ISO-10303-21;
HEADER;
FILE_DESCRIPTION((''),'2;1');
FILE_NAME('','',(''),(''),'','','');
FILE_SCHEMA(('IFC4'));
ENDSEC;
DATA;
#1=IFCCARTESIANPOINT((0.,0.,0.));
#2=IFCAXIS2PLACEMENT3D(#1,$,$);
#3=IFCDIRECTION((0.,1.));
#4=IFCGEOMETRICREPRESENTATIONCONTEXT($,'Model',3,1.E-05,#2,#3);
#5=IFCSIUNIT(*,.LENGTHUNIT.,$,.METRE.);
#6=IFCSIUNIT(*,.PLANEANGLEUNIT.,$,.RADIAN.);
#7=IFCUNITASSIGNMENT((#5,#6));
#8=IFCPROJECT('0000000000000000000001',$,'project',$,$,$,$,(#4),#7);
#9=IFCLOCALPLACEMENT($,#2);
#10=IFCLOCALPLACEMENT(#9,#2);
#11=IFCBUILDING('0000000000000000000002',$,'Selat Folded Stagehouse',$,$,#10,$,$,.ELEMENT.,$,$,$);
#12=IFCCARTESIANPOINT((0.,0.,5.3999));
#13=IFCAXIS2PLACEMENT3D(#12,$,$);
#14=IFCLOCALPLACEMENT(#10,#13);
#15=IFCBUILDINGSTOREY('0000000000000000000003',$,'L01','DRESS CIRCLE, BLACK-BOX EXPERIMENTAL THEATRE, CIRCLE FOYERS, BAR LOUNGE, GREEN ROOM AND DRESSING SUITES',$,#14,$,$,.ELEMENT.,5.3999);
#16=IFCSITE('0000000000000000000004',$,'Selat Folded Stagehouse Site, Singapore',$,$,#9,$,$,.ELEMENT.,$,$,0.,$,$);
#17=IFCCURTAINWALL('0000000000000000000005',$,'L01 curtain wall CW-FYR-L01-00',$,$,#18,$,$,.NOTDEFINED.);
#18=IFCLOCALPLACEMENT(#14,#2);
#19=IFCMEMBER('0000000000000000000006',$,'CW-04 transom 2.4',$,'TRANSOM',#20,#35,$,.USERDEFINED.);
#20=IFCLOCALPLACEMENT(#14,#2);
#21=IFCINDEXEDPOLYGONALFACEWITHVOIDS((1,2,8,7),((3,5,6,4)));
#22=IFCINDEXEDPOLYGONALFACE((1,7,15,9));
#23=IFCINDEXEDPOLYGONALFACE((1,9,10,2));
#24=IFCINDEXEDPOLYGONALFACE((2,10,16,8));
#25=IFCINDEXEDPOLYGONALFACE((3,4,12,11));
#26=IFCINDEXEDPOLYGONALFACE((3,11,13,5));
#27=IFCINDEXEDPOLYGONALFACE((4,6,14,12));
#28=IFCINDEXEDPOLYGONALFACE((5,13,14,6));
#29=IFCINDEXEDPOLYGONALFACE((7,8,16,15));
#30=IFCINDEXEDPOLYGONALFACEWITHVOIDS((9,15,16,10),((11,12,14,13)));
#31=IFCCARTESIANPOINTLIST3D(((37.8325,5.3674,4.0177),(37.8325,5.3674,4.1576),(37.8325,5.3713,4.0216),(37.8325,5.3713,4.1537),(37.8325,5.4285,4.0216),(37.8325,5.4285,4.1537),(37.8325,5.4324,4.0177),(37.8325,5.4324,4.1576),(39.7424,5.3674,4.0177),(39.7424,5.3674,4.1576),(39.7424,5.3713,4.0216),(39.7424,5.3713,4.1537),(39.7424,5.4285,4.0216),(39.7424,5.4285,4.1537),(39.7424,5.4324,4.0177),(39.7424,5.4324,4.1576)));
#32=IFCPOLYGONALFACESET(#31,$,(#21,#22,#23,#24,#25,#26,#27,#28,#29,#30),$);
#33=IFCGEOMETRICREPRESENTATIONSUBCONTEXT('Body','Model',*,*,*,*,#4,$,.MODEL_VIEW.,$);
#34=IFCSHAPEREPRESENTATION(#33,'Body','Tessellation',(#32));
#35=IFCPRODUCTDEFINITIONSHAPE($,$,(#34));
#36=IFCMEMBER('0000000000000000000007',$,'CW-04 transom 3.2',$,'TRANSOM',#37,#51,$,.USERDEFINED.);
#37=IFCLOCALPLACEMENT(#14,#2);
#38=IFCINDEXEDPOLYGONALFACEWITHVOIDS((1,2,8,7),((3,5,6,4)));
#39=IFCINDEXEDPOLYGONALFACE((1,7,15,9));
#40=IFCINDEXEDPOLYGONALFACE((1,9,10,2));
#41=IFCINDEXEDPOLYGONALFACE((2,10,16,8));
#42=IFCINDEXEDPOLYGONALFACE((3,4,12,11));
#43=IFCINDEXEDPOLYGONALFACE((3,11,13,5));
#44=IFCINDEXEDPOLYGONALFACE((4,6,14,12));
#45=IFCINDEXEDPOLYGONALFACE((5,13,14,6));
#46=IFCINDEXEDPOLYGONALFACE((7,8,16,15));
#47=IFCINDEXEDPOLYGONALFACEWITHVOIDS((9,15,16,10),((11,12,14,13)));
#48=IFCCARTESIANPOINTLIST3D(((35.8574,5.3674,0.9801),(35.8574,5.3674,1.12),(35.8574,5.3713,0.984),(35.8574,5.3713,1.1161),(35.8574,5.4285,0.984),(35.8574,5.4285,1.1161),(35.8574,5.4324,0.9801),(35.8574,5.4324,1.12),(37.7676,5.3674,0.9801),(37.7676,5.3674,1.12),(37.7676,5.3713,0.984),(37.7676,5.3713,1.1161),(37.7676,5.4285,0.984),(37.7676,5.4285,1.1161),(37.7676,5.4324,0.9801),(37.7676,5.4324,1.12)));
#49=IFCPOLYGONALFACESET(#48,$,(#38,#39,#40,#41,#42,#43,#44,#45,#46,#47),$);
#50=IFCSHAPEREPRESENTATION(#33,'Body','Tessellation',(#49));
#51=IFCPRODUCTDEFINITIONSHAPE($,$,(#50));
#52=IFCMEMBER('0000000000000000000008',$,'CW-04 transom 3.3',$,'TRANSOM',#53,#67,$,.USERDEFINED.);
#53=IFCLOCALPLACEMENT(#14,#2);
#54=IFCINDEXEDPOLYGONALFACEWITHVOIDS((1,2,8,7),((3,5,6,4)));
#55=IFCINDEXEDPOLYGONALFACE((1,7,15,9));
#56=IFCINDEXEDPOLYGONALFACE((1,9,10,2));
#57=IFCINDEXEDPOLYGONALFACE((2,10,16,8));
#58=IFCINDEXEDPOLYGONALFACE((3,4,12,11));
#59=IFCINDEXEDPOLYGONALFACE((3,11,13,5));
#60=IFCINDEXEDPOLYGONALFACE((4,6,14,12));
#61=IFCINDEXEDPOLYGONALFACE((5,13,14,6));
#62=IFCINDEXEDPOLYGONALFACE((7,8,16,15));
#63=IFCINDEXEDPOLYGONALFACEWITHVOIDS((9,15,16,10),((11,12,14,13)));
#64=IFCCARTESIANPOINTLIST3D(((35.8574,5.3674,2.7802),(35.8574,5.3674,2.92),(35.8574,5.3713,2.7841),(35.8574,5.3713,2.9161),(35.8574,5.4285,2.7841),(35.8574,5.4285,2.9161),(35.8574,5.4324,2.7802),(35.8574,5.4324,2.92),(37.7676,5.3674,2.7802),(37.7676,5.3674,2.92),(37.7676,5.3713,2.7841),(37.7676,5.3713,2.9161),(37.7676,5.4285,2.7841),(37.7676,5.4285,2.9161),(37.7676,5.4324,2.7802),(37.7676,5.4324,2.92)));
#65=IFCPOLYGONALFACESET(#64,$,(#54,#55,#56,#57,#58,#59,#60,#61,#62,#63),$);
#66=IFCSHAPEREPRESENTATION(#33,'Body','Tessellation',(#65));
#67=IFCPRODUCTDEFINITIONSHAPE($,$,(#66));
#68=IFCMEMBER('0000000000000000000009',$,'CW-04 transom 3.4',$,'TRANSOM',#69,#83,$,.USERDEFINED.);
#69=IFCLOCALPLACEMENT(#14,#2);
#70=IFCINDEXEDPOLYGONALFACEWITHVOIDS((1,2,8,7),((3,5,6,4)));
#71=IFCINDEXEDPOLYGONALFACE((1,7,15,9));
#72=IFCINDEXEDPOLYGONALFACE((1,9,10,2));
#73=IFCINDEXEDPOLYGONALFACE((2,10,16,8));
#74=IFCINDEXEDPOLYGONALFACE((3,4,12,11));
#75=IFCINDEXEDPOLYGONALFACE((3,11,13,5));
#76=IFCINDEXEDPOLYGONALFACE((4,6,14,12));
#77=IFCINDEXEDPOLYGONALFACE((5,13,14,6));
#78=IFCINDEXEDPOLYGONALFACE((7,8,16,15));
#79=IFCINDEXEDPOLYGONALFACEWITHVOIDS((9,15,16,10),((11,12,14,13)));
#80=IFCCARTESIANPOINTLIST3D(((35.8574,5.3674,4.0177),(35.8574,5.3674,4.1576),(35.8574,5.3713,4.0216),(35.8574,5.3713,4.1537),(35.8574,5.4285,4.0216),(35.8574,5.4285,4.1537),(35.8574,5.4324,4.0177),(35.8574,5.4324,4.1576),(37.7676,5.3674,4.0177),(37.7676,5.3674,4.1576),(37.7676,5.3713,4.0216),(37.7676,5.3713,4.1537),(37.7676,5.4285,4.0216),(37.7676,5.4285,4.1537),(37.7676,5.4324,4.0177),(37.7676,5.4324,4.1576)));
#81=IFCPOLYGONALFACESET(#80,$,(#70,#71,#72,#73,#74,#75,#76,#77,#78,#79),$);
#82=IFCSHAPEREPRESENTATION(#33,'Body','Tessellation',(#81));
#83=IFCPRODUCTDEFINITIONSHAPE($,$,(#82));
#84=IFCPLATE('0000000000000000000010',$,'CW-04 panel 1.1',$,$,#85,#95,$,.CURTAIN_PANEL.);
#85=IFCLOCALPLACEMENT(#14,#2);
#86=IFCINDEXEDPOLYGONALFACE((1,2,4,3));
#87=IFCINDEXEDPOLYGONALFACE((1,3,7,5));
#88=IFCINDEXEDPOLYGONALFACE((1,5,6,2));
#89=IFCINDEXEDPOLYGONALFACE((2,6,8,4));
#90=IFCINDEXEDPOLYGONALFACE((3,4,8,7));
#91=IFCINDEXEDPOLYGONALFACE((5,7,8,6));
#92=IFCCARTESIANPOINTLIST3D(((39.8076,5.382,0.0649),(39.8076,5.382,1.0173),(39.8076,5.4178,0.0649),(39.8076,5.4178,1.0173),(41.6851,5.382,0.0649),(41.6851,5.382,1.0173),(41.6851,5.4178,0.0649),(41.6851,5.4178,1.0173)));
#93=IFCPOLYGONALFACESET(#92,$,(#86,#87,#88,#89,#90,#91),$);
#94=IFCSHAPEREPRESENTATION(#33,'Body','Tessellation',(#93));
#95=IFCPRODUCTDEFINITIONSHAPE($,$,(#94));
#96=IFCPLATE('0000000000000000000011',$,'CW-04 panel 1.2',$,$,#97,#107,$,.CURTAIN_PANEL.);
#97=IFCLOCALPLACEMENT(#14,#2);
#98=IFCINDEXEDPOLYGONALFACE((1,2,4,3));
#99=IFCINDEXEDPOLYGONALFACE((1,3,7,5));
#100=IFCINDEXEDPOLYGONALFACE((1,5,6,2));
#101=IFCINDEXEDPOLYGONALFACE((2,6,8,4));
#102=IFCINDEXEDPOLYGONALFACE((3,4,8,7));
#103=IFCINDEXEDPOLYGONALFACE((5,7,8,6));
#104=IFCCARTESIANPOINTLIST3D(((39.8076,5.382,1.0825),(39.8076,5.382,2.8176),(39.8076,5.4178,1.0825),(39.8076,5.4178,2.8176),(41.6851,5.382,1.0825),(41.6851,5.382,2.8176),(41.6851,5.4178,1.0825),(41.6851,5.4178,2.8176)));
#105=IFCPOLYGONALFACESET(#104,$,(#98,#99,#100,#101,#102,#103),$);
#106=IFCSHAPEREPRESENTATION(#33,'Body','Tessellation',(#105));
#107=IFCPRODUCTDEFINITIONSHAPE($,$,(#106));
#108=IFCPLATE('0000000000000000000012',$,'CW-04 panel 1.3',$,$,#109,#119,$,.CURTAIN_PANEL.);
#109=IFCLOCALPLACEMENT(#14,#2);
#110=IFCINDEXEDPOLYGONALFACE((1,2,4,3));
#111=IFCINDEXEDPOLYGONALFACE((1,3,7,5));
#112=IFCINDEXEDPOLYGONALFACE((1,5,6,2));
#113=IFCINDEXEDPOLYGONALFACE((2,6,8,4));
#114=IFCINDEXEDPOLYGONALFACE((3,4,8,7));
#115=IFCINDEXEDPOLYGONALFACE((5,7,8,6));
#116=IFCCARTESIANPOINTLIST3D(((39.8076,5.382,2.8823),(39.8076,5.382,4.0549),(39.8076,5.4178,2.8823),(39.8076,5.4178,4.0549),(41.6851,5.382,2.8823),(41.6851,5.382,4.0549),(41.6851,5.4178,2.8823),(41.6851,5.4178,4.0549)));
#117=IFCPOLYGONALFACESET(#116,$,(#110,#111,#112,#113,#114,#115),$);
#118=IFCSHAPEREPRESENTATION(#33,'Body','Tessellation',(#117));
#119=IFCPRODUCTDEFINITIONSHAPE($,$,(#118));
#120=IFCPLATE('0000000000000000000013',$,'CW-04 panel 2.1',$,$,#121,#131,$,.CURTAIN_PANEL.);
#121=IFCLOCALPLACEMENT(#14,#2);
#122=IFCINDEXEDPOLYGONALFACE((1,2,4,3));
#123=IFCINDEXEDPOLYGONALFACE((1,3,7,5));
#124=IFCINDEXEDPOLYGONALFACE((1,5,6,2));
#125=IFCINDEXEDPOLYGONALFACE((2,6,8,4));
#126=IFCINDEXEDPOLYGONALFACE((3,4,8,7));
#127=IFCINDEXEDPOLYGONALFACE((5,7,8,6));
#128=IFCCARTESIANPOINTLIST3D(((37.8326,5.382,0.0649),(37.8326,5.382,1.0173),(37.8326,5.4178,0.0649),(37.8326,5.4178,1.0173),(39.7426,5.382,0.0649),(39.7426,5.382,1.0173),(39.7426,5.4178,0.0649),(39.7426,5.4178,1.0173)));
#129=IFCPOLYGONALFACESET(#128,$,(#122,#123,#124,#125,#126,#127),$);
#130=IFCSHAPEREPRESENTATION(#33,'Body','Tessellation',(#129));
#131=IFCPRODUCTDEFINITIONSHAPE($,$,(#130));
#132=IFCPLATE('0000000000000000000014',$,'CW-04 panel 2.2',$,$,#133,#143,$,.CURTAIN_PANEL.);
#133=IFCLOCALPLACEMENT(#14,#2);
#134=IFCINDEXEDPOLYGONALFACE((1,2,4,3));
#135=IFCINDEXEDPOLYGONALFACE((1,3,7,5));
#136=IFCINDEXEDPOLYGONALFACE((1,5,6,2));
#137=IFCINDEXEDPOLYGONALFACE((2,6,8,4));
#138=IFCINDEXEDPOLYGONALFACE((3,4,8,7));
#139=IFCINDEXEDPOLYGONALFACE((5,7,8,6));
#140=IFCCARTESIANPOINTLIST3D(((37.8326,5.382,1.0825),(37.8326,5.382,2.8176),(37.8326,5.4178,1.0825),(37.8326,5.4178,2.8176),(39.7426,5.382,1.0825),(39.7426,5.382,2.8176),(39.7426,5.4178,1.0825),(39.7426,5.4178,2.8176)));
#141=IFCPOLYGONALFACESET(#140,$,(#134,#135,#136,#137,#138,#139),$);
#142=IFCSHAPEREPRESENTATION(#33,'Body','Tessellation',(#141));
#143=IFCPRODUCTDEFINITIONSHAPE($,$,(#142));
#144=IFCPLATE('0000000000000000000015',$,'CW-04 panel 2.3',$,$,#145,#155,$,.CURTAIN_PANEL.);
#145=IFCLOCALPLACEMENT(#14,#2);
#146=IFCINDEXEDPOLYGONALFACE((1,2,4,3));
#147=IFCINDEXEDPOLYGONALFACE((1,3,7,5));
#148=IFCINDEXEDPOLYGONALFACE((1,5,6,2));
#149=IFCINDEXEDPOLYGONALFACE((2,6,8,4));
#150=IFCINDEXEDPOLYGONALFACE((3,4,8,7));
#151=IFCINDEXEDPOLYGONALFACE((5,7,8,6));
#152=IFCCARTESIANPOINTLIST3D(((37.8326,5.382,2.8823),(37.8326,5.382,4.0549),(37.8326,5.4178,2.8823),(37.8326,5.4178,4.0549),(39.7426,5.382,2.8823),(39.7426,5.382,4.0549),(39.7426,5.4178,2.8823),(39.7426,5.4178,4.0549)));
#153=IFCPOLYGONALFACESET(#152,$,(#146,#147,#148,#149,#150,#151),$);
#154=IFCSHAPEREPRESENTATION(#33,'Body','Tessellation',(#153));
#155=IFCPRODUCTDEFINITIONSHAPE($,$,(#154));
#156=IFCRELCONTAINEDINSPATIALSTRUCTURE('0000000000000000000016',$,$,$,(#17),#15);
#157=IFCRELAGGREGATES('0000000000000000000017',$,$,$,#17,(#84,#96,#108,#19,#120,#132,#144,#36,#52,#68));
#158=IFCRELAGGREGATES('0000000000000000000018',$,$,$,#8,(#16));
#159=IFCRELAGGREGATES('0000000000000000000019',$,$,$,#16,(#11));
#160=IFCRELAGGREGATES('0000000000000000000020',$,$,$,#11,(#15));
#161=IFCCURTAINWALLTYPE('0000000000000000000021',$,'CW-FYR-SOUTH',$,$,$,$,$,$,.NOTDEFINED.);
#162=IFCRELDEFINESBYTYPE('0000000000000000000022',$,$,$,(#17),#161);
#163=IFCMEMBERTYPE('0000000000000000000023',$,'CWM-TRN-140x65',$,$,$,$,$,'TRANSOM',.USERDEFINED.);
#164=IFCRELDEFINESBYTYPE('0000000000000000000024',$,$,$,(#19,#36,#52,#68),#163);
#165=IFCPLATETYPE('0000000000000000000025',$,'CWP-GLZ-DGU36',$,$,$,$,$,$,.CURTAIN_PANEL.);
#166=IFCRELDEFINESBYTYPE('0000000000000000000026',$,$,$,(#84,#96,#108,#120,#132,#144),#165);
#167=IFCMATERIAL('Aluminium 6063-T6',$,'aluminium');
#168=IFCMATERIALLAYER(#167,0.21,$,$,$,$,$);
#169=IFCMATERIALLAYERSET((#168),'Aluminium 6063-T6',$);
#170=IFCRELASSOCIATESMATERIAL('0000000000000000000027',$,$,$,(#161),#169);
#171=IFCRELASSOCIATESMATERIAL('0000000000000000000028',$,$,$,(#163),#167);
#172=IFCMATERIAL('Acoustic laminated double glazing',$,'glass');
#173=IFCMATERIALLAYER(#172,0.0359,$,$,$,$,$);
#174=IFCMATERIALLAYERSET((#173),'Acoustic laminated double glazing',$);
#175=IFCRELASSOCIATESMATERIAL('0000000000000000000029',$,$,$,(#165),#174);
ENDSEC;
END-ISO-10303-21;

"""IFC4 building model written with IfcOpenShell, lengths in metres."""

from ifc_helpers import new_model, si_unit, direction, frame, origin, origin_2d, place, context, subcontext, project, spatial, rectangle, hollow_rectangle, extrude, material, layer, layer_set, material_profile, profile_set, type_object, element, aggregate, save


model = new_model("IFC4")

# Units and contexts
model_context = context("Model", 3, precision=1e-05, world=origin(), true_north=direction((0.0, 1.0)))
body_context = subcontext(model_context, "Body", "Model", "MODEL_VIEW")
ifc_project = project(units=[si_unit("LENGTHUNIT", "METRE"), si_unit("PLANEANGLEUNIT", "RADIAN")], contexts=[model_context])

# Site, building, storey
site_placement = place(None, origin())
site = spatial("IfcSite", under=ifc_project, at=site_placement, Name="Selat Folded Stagehouse Site, Singapore", CompositionType="ELEMENT", RefElevation=0.0)
building_placement = place(site_placement, origin())
building = spatial("IfcBuilding", under=site, at=building_placement, Name="Selat Folded Stagehouse", CompositionType="ELEMENT")
storey_placement = place(building_placement, frame((0.0, 0.0, 5.3999)))
storey = spatial("IfcBuildingStorey", under=building, at=storey_placement, Name="L01", Description="DRESS CIRCLE, BLACK-BOX EXPERIMENTAL THEATRE, CIRCLE FOYERS, BAR LOUNGE, GREEN ROOM AND DRESSING SUITES", CompositionType="ELEMENT", Elevation=5.3999)

# Curtain wall, members, plates
ifc_material_1 = material(Name="Aluminium 6063-T6", Category="aluminium")
ifc_layer_1 = layer(ifc_material_1, 0.21)
ifc_layer_set_1 = layer_set([ifc_layer_1], Name="Aluminium 6063-T6")
curtain_wall_type = type_object("IfcCurtainWallType", Name="CW-FYR-SOUTH", PredefinedType="NOTDEFINED", material=ifc_layer_set_1)
curtain_wall_placement = place(storey_placement, origin())
curtain_wall = element("IfcCurtainWall", 1, at=curtain_wall_placement, inside=storey, type_object=curtain_wall_type, Name="L01 curtain wall CW-FYR-L01-00", PredefinedType="NOTDEFINED")
ifc_material_profile_1 = material_profile(ifc_material_1, hollow_rectangle(XDim=0.0649, YDim=0.1399, WallThickness=0.0039, at=origin_2d()), Name="ALU 140x65x4.0")
ifc_profile_set_1 = profile_set([ifc_material_profile_1], Name="Aluminium 6063-T6")
member_type_1 = type_object("IfcMemberType", Name="CWM-TRN-140x65", ElementType="TRANSOM", PredefinedType="USERDEFINED", material=ifc_profile_set_1)
member_1_placement = place(storey_placement, frame((39.7424, 5.3999, 4.0876), z_axis=(-1.0, 0.0, 0.0), x_axis=(0.0, -1.0, 0.0)))
member_1 = element("IfcMember", 2, at=member_1_placement, type_object=member_type_1, Name="CW-04 transom 2.4", ObjectType="TRANSOM", PredefinedType="USERDEFINED", context=body_context, shape_type="SweptSolid", body=[
    extrude(hollow_rectangle(XDim=0.0649, YDim=0.1399, WallThickness=0.0039, at=origin_2d()), origin(), (0.0, 0.0, 1.0), 1.9099),
])
member_2_placement = place(storey_placement, frame((37.7676, 5.3999, 1.05), z_axis=(-1.0, 0.0, 0.0), x_axis=(0.0, -1.0, 0.0)))
member_2 = element("IfcMember", 3, at=member_2_placement, type_object=member_type_1, Name="CW-04 transom 3.2", ObjectType="TRANSOM", PredefinedType="USERDEFINED", context=body_context, shape_type="SweptSolid", body=[
    extrude(hollow_rectangle(XDim=0.0649, YDim=0.1399, WallThickness=0.0039, at=origin_2d()), origin(), (0.0, 0.0, 1.0), 1.9102),
])
member_3_placement = place(storey_placement, frame((37.7676, 5.3999, 2.8501), z_axis=(-1.0, 0.0, 0.0), x_axis=(0.0, -1.0, 0.0)))
member_3 = element("IfcMember", 4, at=member_3_placement, type_object=member_type_1, Name="CW-04 transom 3.3", ObjectType="TRANSOM", PredefinedType="USERDEFINED", context=body_context, shape_type="SweptSolid", body=[
    extrude(hollow_rectangle(XDim=0.0649, YDim=0.1399, WallThickness=0.0039, at=origin_2d()), origin(), (0.0, 0.0, 1.0), 1.9102),
])
member_4_placement = place(storey_placement, frame((37.7676, 5.3999, 4.0876), z_axis=(-1.0, 0.0, 0.0), x_axis=(0.0, -1.0, 0.0)))
member_4 = element("IfcMember", 5, at=member_4_placement, type_object=member_type_1, Name="CW-04 transom 3.4", ObjectType="TRANSOM", PredefinedType="USERDEFINED", context=body_context, shape_type="SweptSolid", body=[
    extrude(hollow_rectangle(XDim=0.0649, YDim=0.1399, WallThickness=0.0039, at=origin_2d()), origin(), (0.0, 0.0, 1.0), 1.9102),
])
ifc_material_2 = material(Name="Acoustic laminated double glazing", Category="glass")
ifc_layer_2 = layer(ifc_material_2, 0.0359)
ifc_layer_set_2 = layer_set([ifc_layer_2], Name="Acoustic laminated double glazing")
plate_type = type_object("IfcPlateType", Name="CWP-GLZ-DGU36", PredefinedType="CURTAIN_PANEL", material=ifc_layer_set_2)
plate_1_placement = place(storey_placement, frame((40.7463, 5.3999, 0.0649), z_axis=(0.0, 0.0, 1.0), x_axis=(-1.0, 0.0, 0.0)))
plate_1 = element("IfcPlate", 6, at=plate_1_placement, type_object=plate_type, Name="CW-04 panel 1.1", PredefinedType="CURTAIN_PANEL", context=body_context, shape_type="SweptSolid", body=[
    extrude(rectangle(XDim=1.8774, YDim=0.0359, at=origin_2d()), origin(), (0.0, 0.0, 1.0), 0.9524),
])
plate_2_placement = place(storey_placement, frame((40.7463, 5.3999, 1.0825), z_axis=(0.0, 0.0, 1.0), x_axis=(-1.0, 0.0, 0.0)))
plate_2 = element("IfcPlate", 7, at=plate_2_placement, type_object=plate_type, Name="CW-04 panel 1.2", PredefinedType="CURTAIN_PANEL", context=body_context, shape_type="SweptSolid", body=[
    extrude(rectangle(XDim=1.8774, YDim=0.0359, at=origin_2d()), origin(), (0.0, 0.0, 1.0), 1.7351),
])
plate_3_placement = place(storey_placement, frame((40.7463, 5.3999, 2.8823), z_axis=(0.0, 0.0, 1.0), x_axis=(-1.0, 0.0, 0.0)))
plate_3 = element("IfcPlate", 8, at=plate_3_placement, type_object=plate_type, Name="CW-04 panel 1.3", PredefinedType="CURTAIN_PANEL", context=body_context, shape_type="SweptSolid", body=[
    extrude(rectangle(XDim=1.8774, YDim=0.0359, at=origin_2d()), origin(), (0.0, 0.0, 1.0), 1.1726),
])
plate_4_placement = place(storey_placement, frame((38.7876, 5.3999, 0.0649), z_axis=(0.0, 0.0, 1.0), x_axis=(-1.0, 0.0, 0.0)))
plate_4 = element("IfcPlate", 9, at=plate_4_placement, type_object=plate_type, Name="CW-04 panel 2.1", PredefinedType="CURTAIN_PANEL", context=body_context, shape_type="SweptSolid", body=[
    extrude(rectangle(XDim=1.9099, YDim=0.0359, at=origin_2d()), origin(), (0.0, 0.0, 1.0), 0.9524),
])
plate_5_placement = place(storey_placement, frame((38.7876, 5.3999, 1.0825), z_axis=(0.0, 0.0, 1.0), x_axis=(-1.0, 0.0, 0.0)))
plate_5 = element("IfcPlate", 10, at=plate_5_placement, type_object=plate_type, Name="CW-04 panel 2.2", PredefinedType="CURTAIN_PANEL", context=body_context, shape_type="SweptSolid", body=[
    extrude(rectangle(XDim=1.9099, YDim=0.0359, at=origin_2d()), origin(), (0.0, 0.0, 1.0), 1.7351),
])
plate_6_placement = place(storey_placement, frame((38.7876, 5.3999, 2.8823), z_axis=(0.0, 0.0, 1.0), x_axis=(-1.0, 0.0, 0.0)))
plate_6 = element("IfcPlate", 11, at=plate_6_placement, type_object=plate_type, Name="CW-04 panel 2.3", PredefinedType="CURTAIN_PANEL", context=body_context, shape_type="SweptSolid", body=[
    extrude(rectangle(XDim=1.9099, YDim=0.0359, at=origin_2d()), origin(), (0.0, 0.0, 1.0), 1.1726),
])
aggregate(curtain_wall, [plate_1, plate_2, plate_3, member_1, plate_4, plate_5, plate_6, member_2, member_3, member_4])

save(model, "model.ifc")
